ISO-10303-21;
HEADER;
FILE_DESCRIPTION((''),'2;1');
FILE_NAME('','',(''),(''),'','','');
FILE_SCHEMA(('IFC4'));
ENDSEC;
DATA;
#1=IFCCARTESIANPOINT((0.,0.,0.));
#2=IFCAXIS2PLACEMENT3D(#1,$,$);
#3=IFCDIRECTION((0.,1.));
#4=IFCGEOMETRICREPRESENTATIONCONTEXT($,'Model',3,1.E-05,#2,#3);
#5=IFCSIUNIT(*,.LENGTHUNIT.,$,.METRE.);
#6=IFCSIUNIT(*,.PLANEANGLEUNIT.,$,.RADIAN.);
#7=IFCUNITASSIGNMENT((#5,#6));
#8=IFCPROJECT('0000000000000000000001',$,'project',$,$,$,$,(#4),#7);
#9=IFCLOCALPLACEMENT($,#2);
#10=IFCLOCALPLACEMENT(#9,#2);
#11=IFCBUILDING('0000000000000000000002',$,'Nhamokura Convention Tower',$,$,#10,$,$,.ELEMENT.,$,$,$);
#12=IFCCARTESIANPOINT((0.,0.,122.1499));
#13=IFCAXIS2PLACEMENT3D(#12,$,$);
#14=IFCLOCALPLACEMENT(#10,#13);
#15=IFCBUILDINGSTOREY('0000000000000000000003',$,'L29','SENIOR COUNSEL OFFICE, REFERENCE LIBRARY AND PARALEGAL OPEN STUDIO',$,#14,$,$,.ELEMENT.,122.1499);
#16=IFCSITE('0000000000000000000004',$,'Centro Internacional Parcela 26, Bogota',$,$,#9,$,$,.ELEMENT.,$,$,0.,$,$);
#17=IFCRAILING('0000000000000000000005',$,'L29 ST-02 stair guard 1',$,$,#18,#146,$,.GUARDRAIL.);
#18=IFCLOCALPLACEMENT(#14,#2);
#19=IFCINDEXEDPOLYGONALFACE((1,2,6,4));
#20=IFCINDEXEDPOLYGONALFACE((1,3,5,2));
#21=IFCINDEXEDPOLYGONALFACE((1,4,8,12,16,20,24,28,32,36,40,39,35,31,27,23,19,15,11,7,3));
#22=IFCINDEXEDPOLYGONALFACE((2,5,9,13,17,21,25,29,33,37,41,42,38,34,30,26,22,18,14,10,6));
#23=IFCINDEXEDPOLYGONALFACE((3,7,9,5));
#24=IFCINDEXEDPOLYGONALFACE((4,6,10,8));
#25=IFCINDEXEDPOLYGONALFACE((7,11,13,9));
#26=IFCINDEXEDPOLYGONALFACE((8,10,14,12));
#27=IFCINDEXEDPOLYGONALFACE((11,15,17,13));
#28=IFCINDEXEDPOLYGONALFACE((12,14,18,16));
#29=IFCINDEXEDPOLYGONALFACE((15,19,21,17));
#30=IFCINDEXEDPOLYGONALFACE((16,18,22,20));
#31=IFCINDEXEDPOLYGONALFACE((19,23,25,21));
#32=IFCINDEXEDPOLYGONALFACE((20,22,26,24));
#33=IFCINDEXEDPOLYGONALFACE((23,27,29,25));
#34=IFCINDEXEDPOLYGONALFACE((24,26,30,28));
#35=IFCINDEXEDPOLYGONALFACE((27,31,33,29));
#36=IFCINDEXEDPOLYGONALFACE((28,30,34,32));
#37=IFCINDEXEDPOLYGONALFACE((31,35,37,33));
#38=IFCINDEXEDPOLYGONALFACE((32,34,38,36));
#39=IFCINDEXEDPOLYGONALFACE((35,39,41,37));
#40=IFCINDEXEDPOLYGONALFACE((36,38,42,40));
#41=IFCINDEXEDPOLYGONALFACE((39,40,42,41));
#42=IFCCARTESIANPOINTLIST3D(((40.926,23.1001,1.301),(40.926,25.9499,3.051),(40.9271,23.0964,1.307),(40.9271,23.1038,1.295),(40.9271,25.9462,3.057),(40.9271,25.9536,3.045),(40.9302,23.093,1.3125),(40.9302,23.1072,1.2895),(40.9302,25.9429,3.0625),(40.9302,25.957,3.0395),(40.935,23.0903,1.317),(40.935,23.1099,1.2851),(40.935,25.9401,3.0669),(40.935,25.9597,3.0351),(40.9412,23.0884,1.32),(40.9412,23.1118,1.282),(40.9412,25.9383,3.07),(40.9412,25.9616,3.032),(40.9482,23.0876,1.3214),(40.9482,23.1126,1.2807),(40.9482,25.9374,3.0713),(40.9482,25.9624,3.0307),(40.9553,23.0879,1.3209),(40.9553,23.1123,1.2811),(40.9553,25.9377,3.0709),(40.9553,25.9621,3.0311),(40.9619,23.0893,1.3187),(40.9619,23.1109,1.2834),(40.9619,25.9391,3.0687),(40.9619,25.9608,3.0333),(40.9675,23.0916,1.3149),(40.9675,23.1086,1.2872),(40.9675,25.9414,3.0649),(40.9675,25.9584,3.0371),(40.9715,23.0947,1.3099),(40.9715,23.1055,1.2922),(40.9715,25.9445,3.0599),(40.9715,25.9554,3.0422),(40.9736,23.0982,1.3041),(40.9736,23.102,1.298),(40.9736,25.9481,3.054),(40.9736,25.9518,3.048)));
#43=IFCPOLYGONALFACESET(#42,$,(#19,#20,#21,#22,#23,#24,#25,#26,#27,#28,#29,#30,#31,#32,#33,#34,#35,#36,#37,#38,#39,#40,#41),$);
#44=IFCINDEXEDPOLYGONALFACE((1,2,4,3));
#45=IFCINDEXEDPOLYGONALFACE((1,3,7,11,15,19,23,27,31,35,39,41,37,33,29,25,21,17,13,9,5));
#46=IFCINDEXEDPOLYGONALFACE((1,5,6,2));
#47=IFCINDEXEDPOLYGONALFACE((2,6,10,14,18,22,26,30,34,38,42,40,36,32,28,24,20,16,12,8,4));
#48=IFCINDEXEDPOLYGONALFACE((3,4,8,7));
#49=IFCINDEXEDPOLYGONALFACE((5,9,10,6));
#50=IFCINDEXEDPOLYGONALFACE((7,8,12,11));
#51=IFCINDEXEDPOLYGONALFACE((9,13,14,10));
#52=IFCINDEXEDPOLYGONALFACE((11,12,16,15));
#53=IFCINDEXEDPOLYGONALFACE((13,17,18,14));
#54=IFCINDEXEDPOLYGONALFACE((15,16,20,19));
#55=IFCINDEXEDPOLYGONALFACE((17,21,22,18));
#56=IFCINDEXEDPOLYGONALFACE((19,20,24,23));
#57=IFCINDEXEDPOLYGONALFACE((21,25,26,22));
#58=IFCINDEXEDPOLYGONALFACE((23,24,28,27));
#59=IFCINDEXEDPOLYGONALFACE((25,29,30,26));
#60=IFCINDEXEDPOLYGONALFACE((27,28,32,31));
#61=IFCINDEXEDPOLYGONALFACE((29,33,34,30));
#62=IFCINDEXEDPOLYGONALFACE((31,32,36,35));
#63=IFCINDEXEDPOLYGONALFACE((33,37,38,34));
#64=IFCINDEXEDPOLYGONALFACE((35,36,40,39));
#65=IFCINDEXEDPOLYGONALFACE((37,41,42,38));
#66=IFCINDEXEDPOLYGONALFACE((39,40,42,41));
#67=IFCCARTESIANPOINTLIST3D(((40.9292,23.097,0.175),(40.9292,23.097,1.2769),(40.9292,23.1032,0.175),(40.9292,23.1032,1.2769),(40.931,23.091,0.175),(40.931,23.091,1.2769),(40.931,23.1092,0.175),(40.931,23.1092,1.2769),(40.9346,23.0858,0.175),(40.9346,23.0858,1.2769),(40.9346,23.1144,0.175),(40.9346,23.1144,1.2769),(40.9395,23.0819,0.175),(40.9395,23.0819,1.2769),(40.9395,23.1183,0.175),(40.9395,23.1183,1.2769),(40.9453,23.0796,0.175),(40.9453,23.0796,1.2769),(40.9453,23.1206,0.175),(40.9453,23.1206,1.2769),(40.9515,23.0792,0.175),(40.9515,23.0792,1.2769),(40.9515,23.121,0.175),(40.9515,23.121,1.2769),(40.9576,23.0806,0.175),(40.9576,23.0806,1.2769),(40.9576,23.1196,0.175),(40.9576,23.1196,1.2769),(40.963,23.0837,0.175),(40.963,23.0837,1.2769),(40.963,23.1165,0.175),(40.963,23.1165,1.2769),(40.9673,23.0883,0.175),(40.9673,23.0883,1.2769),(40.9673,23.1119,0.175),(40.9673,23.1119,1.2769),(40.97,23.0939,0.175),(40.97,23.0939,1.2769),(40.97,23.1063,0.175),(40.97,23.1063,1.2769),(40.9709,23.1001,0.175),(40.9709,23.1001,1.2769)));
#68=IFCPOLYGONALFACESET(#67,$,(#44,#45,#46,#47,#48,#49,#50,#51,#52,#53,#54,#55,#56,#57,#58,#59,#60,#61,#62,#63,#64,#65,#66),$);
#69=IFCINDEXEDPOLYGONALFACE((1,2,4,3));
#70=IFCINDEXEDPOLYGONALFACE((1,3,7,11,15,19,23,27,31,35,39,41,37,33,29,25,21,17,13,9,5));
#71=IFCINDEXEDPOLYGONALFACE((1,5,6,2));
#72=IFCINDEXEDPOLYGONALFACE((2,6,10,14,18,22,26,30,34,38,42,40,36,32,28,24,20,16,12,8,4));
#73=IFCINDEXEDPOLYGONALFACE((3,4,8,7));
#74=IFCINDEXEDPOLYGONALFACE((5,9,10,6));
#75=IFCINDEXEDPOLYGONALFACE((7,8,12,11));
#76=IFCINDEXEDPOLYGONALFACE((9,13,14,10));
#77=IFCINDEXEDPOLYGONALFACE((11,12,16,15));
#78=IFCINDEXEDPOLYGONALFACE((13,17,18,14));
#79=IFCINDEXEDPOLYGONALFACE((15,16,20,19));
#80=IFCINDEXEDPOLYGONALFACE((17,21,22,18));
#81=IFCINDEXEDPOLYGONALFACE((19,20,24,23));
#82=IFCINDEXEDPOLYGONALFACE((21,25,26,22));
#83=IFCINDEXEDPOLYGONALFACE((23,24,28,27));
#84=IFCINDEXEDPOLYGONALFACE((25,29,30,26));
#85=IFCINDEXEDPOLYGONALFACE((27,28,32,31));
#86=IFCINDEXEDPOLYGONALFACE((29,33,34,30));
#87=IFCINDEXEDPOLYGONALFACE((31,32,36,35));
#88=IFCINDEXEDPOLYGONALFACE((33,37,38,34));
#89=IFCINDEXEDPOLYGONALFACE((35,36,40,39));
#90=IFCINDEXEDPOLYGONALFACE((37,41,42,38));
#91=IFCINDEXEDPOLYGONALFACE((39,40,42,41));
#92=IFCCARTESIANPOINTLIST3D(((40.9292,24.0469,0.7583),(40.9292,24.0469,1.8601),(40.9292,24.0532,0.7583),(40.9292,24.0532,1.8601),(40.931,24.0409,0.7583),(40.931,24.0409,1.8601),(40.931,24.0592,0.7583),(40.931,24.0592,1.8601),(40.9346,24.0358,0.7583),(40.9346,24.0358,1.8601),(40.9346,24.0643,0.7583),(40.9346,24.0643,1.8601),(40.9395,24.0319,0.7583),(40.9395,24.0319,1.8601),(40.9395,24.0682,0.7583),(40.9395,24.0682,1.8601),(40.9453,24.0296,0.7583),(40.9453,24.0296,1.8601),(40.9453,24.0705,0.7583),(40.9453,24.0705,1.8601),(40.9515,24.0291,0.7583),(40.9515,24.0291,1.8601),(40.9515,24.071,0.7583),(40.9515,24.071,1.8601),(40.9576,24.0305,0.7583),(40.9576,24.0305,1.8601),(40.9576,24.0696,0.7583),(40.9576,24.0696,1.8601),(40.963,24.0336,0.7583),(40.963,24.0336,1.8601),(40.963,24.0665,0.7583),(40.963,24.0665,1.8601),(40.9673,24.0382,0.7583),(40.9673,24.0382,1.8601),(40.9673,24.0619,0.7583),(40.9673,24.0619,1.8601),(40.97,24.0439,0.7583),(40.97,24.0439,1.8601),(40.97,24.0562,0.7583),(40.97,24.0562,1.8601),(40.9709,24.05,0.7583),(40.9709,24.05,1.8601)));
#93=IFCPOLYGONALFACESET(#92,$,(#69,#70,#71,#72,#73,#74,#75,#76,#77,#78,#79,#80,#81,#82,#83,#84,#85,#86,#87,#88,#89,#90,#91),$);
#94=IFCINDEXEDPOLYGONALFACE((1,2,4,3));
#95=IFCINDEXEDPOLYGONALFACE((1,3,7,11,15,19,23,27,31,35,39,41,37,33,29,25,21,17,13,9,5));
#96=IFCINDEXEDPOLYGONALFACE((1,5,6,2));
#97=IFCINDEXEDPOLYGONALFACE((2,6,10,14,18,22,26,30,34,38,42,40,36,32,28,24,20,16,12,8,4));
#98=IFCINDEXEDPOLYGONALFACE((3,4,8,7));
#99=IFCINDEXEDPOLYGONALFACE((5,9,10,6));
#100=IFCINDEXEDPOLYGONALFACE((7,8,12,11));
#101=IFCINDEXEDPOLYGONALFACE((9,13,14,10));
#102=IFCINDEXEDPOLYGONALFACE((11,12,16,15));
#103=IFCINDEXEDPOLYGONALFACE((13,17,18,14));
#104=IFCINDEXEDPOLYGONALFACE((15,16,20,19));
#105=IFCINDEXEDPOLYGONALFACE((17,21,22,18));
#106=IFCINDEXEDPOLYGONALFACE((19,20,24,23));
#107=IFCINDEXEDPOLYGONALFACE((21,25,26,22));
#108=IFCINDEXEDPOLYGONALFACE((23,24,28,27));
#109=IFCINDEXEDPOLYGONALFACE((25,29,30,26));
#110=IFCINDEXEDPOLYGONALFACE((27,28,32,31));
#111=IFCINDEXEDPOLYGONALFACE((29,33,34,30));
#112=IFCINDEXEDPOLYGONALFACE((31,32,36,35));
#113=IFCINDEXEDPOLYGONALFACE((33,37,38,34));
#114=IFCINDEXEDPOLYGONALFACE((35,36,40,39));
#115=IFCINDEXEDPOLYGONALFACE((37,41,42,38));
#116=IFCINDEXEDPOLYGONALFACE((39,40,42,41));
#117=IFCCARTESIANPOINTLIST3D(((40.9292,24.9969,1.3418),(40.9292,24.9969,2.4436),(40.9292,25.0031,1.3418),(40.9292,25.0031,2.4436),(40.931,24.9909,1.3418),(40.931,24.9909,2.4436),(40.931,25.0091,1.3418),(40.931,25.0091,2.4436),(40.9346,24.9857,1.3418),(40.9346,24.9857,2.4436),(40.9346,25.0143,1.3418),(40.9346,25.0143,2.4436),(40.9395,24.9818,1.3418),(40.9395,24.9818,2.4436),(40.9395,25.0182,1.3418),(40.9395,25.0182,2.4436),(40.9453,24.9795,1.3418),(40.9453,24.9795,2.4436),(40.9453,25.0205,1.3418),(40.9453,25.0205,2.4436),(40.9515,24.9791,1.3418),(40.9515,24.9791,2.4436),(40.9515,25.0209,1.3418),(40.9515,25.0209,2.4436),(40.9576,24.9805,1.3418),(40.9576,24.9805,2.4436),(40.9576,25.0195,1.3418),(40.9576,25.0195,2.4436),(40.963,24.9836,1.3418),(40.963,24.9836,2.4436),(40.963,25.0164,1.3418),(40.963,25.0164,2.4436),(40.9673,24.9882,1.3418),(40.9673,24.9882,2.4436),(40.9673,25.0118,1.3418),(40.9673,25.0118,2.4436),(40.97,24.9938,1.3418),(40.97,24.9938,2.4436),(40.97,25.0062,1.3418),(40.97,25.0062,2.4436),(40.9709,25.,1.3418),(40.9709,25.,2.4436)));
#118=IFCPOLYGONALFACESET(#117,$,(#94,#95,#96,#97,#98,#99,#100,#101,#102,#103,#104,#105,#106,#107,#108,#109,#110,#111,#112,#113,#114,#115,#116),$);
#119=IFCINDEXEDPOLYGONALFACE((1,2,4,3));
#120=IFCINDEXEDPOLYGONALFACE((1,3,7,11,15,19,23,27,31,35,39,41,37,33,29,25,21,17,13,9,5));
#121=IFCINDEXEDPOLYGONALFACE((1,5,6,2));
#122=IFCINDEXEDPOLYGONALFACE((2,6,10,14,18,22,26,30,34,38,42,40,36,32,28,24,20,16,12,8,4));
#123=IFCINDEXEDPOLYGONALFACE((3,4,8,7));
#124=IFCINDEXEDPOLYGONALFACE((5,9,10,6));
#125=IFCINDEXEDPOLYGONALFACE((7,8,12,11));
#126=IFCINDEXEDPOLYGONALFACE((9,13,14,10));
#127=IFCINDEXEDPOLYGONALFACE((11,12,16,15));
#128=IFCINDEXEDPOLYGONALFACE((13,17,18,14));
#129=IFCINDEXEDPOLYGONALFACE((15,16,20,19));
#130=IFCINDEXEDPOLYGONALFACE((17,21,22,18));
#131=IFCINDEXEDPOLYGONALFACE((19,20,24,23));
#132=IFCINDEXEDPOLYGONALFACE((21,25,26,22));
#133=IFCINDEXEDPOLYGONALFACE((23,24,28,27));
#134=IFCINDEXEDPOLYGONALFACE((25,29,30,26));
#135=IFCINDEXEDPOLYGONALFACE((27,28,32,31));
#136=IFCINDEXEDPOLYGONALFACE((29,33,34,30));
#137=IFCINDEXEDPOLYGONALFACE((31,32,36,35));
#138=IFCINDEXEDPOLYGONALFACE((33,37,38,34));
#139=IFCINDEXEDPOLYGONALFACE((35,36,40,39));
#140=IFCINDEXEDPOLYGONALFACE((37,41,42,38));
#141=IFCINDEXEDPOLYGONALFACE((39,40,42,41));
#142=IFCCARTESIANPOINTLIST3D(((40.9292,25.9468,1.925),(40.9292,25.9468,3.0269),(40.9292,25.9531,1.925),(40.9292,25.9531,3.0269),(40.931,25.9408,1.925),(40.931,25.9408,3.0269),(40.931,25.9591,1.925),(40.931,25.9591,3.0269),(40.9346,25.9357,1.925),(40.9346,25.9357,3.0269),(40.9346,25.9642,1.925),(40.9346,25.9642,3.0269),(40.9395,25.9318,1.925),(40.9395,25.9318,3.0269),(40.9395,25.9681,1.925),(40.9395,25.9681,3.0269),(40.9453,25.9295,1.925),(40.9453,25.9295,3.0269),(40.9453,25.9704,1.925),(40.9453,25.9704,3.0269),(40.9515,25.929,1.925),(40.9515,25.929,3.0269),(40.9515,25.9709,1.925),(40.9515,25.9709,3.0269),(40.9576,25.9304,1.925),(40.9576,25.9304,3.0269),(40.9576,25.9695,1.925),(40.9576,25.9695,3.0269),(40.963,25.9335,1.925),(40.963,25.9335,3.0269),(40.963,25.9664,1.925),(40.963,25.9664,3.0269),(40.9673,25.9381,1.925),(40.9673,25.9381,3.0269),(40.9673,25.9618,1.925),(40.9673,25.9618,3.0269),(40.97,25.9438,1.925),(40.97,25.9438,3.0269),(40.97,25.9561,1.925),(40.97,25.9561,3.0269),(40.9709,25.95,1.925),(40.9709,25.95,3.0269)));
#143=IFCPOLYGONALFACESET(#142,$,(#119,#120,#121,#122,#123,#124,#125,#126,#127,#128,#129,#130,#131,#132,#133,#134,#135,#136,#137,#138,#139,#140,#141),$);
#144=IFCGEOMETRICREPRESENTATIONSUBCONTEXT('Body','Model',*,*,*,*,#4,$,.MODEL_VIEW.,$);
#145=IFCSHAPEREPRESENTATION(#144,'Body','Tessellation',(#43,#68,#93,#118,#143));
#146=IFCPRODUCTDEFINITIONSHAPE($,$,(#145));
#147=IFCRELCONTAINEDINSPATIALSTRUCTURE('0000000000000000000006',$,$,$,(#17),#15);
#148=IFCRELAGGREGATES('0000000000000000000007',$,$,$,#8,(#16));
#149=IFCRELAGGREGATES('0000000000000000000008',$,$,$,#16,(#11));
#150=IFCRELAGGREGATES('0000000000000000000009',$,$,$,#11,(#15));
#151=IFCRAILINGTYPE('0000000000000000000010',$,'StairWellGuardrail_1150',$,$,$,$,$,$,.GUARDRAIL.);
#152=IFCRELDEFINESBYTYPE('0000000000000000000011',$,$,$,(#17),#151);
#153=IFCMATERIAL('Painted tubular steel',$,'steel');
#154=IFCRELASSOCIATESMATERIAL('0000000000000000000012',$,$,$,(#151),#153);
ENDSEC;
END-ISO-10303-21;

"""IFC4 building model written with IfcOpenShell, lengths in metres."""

from ifc_helpers import new_model, si_unit, direction, frame, origin, origin_2d, place, context, subcontext, project, spatial, circle, extrude, material, type_object, element, save


model = new_model("IFC4")

# Units and contexts
model_context = context("Model", 3, precision=1e-05, world=origin(), true_north=direction((0.0, 1.0)))
body_context = subcontext(model_context, "Body", "Model", "MODEL_VIEW")
ifc_project = project(units=[si_unit("LENGTHUNIT", "METRE"), si_unit("PLANEANGLEUNIT", "RADIAN")], contexts=[model_context])

# Site, building, storey
site_placement = place(None, origin())
site = spatial("IfcSite", under=ifc_project, at=site_placement, Name="Centro Internacional Parcela 26, Bogota", CompositionType="ELEMENT", RefElevation=0.0)
building_placement = place(site_placement, origin())
building = spatial("IfcBuilding", under=site, at=building_placement, Name="Nhamokura Convention Tower", CompositionType="ELEMENT")
storey_placement = place(building_placement, frame((0.0, 0.0, 122.1499)))
storey = spatial("IfcBuildingStorey", under=building, at=storey_placement, Name="L29", Description="SENIOR COUNSEL OFFICE, REFERENCE LIBRARY AND PARALEGAL OPEN STUDIO", CompositionType="ELEMENT", Elevation=122.1499)

# Railing
ifc_material_1 = material(Name="Painted tubular steel", Category="steel")
railing_type_1 = type_object("IfcRailingType", Name="StairWellGuardrail_1150", PredefinedType="GUARDRAIL", material=ifc_material_1)
railing_1_placement = place(storey_placement, frame((40.95, 23.1001, 0.175)))
element("IfcRailing", 1, at=railing_1_placement, inside=storey, type_object=railing_type_1, Name="L29 ST-02 stair guard 1", PredefinedType="GUARDRAIL", context=body_context, shape_type="SweptSolid", body=[
    extrude(circle(Radius=0.0239, at=origin_2d()), frame((0.0, 0.0, 1.126), z_axis=(0.0, 0.852159, 0.523283), x_axis=(-1.0, 0.0, 0.0)), (0.0, 0.0, 1.0), 3.3442),
    extrude(circle(Radius=0.021, at=origin_2d()), origin(), (0.0, 0.0, 1.0), 1.1018),
    extrude(circle(Radius=0.021, at=origin_2d()), frame((0.0, 0.95, 0.5833)), (0.0, 0.0, 1.0), 1.1018),
    extrude(circle(Radius=0.021, at=origin_2d()), frame((0.0, 1.8999, 1.1667)), (0.0, 0.0, 1.0), 1.1018),
    extrude(circle(Radius=0.021, at=origin_2d()), frame((0.0, 2.8499, 1.75)), (0.0, 0.0, 1.0), 1.1018),
])

save(model, "model.ifc")
